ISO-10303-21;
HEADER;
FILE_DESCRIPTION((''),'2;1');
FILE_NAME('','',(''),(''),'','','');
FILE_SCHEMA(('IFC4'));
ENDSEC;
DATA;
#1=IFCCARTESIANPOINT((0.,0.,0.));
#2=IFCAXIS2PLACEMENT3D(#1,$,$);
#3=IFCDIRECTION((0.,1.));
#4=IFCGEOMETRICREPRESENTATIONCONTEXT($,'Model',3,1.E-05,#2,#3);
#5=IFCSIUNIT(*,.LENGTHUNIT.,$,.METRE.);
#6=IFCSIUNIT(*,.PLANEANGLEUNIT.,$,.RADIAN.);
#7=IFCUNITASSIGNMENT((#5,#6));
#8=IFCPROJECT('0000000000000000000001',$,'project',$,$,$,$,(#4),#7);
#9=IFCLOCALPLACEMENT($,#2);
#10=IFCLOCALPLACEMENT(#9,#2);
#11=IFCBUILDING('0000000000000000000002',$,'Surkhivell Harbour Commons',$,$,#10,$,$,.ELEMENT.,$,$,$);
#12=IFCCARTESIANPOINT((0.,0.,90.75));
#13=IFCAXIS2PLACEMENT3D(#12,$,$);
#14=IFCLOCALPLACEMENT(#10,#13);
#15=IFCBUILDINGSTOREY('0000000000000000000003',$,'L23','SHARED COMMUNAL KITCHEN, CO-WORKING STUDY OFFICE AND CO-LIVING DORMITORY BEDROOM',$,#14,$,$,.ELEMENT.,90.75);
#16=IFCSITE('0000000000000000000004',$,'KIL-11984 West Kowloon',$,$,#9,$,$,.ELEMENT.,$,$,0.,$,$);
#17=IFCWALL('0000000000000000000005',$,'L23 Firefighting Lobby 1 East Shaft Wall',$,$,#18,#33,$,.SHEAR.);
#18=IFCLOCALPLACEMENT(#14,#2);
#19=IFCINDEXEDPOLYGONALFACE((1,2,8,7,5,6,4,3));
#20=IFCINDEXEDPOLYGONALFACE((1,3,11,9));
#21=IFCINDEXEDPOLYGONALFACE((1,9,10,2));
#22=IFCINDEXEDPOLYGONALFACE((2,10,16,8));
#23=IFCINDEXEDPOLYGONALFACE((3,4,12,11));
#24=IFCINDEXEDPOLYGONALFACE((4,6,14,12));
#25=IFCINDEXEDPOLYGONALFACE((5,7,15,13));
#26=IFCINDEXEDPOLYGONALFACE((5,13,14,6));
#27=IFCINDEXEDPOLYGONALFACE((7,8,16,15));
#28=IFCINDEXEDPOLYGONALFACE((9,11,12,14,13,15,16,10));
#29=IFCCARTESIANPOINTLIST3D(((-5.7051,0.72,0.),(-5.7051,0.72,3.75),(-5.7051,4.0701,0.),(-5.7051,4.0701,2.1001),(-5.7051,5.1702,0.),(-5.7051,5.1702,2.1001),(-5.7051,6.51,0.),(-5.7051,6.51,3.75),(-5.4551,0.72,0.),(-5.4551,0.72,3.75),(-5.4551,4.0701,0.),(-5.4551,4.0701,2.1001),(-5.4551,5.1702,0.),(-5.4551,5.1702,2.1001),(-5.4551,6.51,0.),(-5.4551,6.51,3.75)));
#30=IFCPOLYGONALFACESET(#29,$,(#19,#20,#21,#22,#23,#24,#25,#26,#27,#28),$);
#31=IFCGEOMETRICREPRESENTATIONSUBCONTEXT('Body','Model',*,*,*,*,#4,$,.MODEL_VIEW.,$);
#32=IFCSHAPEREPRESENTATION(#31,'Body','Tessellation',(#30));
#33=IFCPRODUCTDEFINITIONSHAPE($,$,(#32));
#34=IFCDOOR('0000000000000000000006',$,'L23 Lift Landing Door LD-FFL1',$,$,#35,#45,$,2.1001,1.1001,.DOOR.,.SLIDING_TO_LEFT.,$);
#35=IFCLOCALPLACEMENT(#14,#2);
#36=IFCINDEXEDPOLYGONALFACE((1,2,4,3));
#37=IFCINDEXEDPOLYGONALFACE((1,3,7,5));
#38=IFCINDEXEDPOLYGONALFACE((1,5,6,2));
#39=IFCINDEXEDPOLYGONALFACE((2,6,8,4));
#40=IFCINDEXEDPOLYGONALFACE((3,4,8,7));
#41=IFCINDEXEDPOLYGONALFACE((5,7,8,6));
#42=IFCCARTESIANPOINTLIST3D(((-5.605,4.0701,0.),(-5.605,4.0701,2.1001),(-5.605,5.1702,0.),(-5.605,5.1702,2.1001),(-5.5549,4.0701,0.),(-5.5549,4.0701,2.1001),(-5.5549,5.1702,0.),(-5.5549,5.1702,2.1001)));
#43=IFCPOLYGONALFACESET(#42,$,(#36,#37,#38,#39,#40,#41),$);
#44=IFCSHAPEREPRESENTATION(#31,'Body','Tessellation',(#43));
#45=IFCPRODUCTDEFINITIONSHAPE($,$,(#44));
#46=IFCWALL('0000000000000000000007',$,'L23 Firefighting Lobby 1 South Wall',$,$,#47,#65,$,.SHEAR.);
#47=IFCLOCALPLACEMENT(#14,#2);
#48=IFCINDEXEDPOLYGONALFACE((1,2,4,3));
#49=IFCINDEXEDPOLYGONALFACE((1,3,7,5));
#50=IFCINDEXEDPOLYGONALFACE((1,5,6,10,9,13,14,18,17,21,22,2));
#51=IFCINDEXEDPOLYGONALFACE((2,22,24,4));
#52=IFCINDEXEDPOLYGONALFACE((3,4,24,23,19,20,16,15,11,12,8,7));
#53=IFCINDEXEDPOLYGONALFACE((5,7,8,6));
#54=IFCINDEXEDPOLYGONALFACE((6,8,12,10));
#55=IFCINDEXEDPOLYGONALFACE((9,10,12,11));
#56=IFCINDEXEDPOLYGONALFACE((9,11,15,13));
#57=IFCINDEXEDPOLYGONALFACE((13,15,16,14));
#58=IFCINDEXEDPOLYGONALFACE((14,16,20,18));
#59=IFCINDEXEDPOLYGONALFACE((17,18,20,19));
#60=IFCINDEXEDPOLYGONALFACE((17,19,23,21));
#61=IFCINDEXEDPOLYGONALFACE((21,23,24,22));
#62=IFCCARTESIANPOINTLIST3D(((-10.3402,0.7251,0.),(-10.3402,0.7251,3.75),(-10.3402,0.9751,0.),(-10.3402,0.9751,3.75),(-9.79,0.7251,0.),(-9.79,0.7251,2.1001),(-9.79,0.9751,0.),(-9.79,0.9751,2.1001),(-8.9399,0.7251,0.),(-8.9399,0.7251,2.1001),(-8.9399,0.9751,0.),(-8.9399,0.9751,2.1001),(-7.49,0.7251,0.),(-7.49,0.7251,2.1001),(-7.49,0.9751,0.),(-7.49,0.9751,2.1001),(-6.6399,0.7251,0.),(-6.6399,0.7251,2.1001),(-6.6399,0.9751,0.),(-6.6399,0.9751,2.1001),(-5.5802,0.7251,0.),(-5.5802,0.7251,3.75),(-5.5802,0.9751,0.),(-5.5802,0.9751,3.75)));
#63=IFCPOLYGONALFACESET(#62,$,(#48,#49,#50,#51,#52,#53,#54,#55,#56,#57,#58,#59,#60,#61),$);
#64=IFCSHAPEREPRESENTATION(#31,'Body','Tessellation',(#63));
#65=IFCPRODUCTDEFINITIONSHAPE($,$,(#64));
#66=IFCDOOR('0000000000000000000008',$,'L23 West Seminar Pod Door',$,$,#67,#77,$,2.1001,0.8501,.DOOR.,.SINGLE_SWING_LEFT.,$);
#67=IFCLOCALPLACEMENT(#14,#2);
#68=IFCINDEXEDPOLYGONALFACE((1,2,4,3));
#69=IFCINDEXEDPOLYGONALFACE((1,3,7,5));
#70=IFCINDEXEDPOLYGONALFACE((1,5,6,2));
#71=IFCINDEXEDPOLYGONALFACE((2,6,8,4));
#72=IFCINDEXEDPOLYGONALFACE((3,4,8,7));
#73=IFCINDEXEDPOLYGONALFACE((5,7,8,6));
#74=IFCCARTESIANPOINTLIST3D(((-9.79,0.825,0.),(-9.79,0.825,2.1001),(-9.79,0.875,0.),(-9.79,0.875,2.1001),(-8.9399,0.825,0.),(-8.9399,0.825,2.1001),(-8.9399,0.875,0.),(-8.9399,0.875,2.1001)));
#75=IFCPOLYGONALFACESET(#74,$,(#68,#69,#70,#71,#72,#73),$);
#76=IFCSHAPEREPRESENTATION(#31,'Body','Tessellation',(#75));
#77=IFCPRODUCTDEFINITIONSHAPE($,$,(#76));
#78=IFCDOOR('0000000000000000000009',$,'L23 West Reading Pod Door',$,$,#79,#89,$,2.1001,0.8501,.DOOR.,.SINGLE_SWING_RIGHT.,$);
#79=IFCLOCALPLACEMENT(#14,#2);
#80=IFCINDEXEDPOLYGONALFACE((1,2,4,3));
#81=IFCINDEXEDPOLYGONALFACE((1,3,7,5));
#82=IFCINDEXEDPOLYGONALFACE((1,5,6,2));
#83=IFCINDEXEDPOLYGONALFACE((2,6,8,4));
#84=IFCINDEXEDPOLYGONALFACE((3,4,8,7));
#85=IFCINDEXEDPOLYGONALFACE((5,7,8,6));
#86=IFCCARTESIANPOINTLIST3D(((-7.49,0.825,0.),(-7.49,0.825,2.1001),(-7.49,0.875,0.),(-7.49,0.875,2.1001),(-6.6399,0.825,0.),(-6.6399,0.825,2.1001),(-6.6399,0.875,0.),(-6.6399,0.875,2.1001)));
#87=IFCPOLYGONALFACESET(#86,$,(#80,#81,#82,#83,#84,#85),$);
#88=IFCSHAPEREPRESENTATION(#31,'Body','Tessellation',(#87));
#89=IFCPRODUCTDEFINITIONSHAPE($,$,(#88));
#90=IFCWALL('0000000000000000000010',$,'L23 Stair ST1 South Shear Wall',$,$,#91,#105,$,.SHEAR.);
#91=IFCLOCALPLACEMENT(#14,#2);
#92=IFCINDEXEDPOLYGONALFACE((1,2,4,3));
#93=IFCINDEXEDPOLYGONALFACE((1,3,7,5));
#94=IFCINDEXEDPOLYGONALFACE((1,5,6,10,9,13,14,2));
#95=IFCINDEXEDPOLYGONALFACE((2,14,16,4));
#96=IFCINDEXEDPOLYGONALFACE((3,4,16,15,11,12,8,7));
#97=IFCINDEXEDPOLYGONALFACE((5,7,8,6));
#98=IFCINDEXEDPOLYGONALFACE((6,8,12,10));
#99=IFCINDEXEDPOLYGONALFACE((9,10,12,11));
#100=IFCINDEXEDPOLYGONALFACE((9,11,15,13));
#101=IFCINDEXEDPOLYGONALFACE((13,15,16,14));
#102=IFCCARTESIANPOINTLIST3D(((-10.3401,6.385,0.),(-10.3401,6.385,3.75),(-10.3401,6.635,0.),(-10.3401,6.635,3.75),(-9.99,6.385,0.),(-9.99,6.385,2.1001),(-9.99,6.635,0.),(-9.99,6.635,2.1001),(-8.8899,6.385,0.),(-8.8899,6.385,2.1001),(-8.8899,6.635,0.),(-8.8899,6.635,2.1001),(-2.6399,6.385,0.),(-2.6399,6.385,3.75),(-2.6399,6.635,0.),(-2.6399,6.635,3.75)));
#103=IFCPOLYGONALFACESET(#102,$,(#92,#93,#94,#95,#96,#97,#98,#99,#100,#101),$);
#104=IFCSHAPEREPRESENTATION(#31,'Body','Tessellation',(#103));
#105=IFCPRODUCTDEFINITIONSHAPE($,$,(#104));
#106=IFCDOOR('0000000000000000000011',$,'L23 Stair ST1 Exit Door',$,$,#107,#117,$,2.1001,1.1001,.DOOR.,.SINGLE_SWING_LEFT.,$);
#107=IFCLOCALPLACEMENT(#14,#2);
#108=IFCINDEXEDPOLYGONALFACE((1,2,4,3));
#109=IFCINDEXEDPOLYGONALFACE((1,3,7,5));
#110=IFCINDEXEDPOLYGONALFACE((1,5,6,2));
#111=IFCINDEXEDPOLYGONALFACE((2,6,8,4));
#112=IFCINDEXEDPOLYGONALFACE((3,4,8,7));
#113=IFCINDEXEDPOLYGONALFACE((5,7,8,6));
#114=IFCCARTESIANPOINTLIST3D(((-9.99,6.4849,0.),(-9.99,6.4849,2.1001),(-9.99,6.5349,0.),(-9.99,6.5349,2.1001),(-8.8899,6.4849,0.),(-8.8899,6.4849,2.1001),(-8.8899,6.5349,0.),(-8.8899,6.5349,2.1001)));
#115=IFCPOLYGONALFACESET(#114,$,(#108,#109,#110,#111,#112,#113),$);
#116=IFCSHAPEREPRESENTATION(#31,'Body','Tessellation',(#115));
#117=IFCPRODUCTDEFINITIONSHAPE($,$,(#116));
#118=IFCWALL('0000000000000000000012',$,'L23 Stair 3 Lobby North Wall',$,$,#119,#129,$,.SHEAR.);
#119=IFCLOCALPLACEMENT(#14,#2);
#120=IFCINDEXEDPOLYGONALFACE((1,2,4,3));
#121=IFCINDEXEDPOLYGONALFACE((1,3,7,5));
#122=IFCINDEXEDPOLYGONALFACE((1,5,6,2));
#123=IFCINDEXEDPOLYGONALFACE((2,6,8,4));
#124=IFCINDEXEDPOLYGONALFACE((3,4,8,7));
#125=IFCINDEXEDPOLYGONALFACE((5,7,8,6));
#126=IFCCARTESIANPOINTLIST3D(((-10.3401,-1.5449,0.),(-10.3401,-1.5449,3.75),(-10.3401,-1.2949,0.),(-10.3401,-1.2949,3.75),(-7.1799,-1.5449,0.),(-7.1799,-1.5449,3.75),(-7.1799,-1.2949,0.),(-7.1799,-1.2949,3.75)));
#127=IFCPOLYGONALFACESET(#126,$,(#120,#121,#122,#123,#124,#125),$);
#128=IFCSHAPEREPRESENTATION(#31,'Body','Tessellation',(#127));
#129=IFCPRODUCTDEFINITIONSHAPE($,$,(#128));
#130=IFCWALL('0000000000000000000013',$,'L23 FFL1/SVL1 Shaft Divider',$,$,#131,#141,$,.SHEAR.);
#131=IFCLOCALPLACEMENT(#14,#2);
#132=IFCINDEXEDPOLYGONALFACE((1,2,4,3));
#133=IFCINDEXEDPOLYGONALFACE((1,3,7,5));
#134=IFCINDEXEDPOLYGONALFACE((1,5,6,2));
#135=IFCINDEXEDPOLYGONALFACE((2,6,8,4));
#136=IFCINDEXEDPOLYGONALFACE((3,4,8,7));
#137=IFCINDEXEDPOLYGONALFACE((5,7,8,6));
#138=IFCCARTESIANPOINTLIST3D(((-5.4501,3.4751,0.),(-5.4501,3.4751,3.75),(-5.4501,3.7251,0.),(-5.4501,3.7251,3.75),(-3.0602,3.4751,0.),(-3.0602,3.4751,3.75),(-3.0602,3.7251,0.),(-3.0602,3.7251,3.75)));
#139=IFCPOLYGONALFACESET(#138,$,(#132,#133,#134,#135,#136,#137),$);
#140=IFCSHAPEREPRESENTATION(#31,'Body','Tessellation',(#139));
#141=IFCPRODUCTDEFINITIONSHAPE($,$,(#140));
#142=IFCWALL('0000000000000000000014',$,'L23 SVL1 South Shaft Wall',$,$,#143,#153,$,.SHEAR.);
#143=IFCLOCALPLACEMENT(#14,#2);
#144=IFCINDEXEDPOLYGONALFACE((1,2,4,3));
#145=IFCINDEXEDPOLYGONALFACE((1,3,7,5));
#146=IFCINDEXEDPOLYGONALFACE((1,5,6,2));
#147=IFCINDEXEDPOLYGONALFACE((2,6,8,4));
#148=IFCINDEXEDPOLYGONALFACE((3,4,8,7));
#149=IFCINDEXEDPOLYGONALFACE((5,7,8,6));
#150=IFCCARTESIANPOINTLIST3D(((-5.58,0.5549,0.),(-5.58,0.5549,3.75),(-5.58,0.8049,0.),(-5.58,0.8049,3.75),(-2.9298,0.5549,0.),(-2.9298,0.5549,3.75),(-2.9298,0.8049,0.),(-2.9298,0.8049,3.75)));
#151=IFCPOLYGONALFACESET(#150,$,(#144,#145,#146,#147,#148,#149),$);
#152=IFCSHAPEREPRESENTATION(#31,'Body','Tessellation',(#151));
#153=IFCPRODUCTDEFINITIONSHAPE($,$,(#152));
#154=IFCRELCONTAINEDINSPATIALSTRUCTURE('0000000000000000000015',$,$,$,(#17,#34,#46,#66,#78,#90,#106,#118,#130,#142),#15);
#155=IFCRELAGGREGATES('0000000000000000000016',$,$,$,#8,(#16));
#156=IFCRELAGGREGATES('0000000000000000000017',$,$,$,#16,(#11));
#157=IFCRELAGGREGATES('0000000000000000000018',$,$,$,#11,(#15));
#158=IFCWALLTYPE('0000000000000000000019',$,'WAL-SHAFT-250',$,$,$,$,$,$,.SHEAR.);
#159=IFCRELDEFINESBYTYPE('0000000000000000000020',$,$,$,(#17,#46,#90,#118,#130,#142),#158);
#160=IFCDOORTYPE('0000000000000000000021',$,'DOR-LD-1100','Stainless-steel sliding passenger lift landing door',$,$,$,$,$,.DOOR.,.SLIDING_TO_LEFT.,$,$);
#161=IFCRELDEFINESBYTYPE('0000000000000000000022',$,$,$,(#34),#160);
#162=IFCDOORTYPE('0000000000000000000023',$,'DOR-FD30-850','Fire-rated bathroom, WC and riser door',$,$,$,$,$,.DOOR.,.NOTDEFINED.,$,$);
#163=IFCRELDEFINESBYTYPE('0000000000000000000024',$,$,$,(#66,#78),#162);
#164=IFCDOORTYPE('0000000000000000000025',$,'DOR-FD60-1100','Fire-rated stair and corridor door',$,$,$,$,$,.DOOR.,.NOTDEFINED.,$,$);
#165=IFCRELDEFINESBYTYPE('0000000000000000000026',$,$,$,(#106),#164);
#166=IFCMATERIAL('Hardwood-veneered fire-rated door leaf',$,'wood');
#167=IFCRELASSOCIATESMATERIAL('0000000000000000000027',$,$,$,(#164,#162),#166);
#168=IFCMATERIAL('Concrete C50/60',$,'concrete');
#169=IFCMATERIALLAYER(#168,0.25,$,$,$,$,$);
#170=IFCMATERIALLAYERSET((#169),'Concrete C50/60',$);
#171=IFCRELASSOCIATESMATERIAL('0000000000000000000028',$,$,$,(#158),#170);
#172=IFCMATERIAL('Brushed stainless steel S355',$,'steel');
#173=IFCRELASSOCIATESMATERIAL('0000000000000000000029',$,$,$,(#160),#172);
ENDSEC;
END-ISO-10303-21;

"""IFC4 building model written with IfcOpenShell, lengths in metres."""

from ifc_helpers import new_model, si_unit, direction, frame, frame_2d, origin, place, context, subcontext, project, spatial, rectangle, extrude, material, layer, layer_set, type_object, element, fill, save


model = new_model("IFC4")

# Units and contexts
model_context = context("Model", 3, precision=1e-05, world=origin(), true_north=direction((0.0, 1.0)))
body_context = subcontext(model_context, "Body", "Model", "MODEL_VIEW")
ifc_project = project(units=[si_unit("LENGTHUNIT", "METRE"), si_unit("PLANEANGLEUNIT", "RADIAN")], contexts=[model_context])

# Site, building, storey
site_placement = place(None, origin())
site = spatial("IfcSite", under=ifc_project, at=site_placement, Name="KIL-11984 West Kowloon", CompositionType="ELEMENT", RefElevation=0.0)
building_placement = place(site_placement, origin())
building = spatial("IfcBuilding", under=site, at=building_placement, Name="Surkhivell Harbour Commons", CompositionType="ELEMENT")
storey_placement = place(building_placement, frame((0.0, 0.0, 90.75)))
storey = spatial("IfcBuildingStorey", under=building, at=storey_placement, Name="L23", Description="SHARED COMMUNAL KITCHEN, CO-WORKING STUDY OFFICE AND CO-LIVING DORMITORY BEDROOM", CompositionType="ELEMENT", Elevation=90.75)

# Shared definitions
ifc_material_1 = material(Name="Hardwood-veneered fire-rated door leaf", Category="wood")
door_type_1 = type_object("IfcDoorType", Name="DOR-FD60-1100", Description="Fire-rated stair and corridor door", OperationType="NOTDEFINED", PredefinedType="DOOR", material=ifc_material_1)

# Wall, opening, door
ifc_material_2 = material(Name="Concrete C50/60", Category="concrete")
ifc_layer_1 = layer(ifc_material_2, 0.25)
ifc_layer_set_1 = layer_set([ifc_layer_1], Name="Concrete C50/60")
wall_type_1 = type_object("IfcWallType", Name="WAL-SHAFT-250", PredefinedType="SHEAR", material=ifc_layer_set_1)
wall_1_placement = place(storey_placement, frame((-5.5801, 0.72, 0.0), z_axis=(0.0, 0.0, 1.0), x_axis=(0.0, 1.0, 0.0)))
wall_1 = element("IfcWall", 1, at=wall_1_placement, inside=storey, type_object=wall_type_1, Name="L23 Firefighting Lobby 1 East Shaft Wall", PredefinedType="SHEAR", context=body_context, shape_type="SweptSolid", body=[
    extrude(rectangle(XDim=5.79, YDim=0.25, at=frame_2d((2.895, 0.0))), origin(), (0.0, 0.0, 1.0), 3.75),
])
opening_1_placement = place(wall_1_placement, frame((3.3501, 0.0, 0.0)))
opening_1 = element("IfcOpeningElement", 2, at=opening_1_placement, cuts=wall_1, PredefinedType="OPENING", context=body_context, shape_type="SweptSolid", body=[
    extrude(rectangle(XDim=1.1001, YDim=2.1001, at=frame_2d((0.55, 1.05))), frame((0.0, 0.135, 0.0), z_axis=(0.0, -1.0, 0.0), x_axis=(1.0, 0.0, 0.0)), (0.0, 0.0, 1.0), 0.27),
])
ifc_material_3 = material(Name="Brushed stainless steel S355", Category="steel")
door_type_2 = type_object("IfcDoorType", Name="DOR-LD-1100", Description="Stainless-steel sliding passenger lift landing door", OperationType="SLIDING_TO_LEFT", PredefinedType="DOOR", material=ifc_material_3)
door_1_placement = place(opening_1_placement, origin())
door_1 = element("IfcDoor", 3, at=door_1_placement, inside=storey, type_object=door_type_2, Name="L23 Lift Landing Door LD-FFL1", OperationType="SLIDING_TO_LEFT", OverallHeight=2.1001, OverallWidth=1.1001, PredefinedType="DOOR", context=body_context, shape_type="SweptSolid", body=[
    extrude(rectangle(XDim=1.1001, YDim=2.1001, at=frame_2d((0.55, 1.05))), frame((0.0, 0.0249, 0.0), z_axis=(0.0, -1.0, 0.0), x_axis=(1.0, 0.0, 0.0)), (0.0, 0.0, 1.0), 0.05),
])
fill(opening_1, door_1)

# Wall, openings, doors
wall_2_placement = place(storey_placement, frame((-10.3401, 0.8501, 0.0), z_axis=(0.0, 0.0, 1.0), x_axis=(1.0, 0.0, 0.0)))
wall_2 = element("IfcWall", 4, at=wall_2_placement, inside=storey, type_object=wall_type_1, Name="L23 Firefighting Lobby 1 South Wall", PredefinedType="SHEAR", context=body_context, shape_type="SweptSolid", body=[
    extrude(rectangle(XDim=4.76, YDim=0.25, at=frame_2d((2.3799, 0.0))), origin(), (0.0, 0.0, 1.0), 3.75),
])
opening_2_placement = place(wall_2_placement, frame((0.55, 0.0, 0.0)))
opening_2 = element("IfcOpeningElement", 5, at=opening_2_placement, cuts=wall_2, PredefinedType="OPENING", context=body_context, shape_type="SweptSolid", body=[
    extrude(rectangle(XDim=0.8501, YDim=2.1001, at=frame_2d((0.425, 1.05))), frame((0.0, 0.135, 0.0), z_axis=(0.0, -1.0, 0.0), x_axis=(1.0, 0.0, 0.0)), (0.0, 0.0, 1.0), 0.27),
])
opening_3_placement = place(wall_2_placement, frame((2.8501, 0.0, 0.0)))
opening_3 = element("IfcOpeningElement", 6, at=opening_3_placement, cuts=wall_2, PredefinedType="OPENING", context=body_context, shape_type="SweptSolid", body=[
    extrude(rectangle(XDim=0.8501, YDim=2.1001, at=frame_2d((0.425, 1.05))), frame((0.0, 0.135, 0.0), z_axis=(0.0, -1.0, 0.0), x_axis=(1.0, 0.0, 0.0)), (0.0, 0.0, 1.0), 0.27),
])
door_type_3 = type_object("IfcDoorType", Name="DOR-FD30-850", Description="Fire-rated bathroom, WC and riser door", OperationType="NOTDEFINED", PredefinedType="DOOR", material=ifc_material_1)
door_2_placement = place(opening_2_placement, origin())
door_2 = element("IfcDoor", 7, at=door_2_placement, inside=storey, type_object=door_type_3, Name="L23 West Seminar Pod Door", OperationType="SINGLE_SWING_LEFT", OverallHeight=2.1001, OverallWidth=0.8501, PredefinedType="DOOR", context=body_context, shape_type="SweptSolid", body=[
    extrude(rectangle(XDim=0.8501, YDim=2.1001, at=frame_2d((0.425, 1.05))), frame((0.0, 0.0249, 0.0), z_axis=(0.0, -1.0, 0.0), x_axis=(1.0, 0.0, 0.0)), (0.0, 0.0, 1.0), 0.05),
])
fill(opening_2, door_2)
door_3_placement = place(opening_3_placement, origin())
door_3 = element("IfcDoor", 8, at=door_3_placement, inside=storey, type_object=door_type_3, Name="L23 West Reading Pod Door", OperationType="SINGLE_SWING_RIGHT", OverallHeight=2.1001, OverallWidth=0.8501, PredefinedType="DOOR", context=body_context, shape_type="SweptSolid", body=[
    extrude(rectangle(XDim=0.8501, YDim=2.1001, at=frame_2d((0.425, 1.05))), frame((0.0, 0.0249, 0.0), z_axis=(0.0, -1.0, 0.0), x_axis=(1.0, 0.0, 0.0)), (0.0, 0.0, 1.0), 0.05),
])
fill(opening_3, door_3)

# Wall, opening, door
wall_3_placement = place(storey_placement, frame((-10.3401, 6.51, 0.0), z_axis=(0.0, 0.0, 1.0), x_axis=(1.0, 0.0, 0.0)))
wall_3 = element("IfcWall", 9, at=wall_3_placement, inside=storey, type_object=wall_type_1, Name="L23 Stair ST1 South Shear Wall", PredefinedType="SHEAR", context=body_context, shape_type="SweptSolid", body=[
    extrude(rectangle(XDim=7.7002, YDim=0.25, at=frame_2d((3.8501, 0.0))), origin(), (0.0, 0.0, 1.0), 3.75),
])
opening_4_placement = place(wall_3_placement, frame((0.3501, 0.0, 0.0)))
opening_4 = element("IfcOpeningElement", 10, at=opening_4_placement, cuts=wall_3, PredefinedType="OPENING", context=body_context, shape_type="SweptSolid", body=[
    extrude(rectangle(XDim=1.1001, YDim=2.1001, at=frame_2d((0.55, 1.05))), frame((0.0, 0.135, 0.0), z_axis=(0.0, -1.0, 0.0), x_axis=(1.0, 0.0, 0.0)), (0.0, 0.0, 1.0), 0.27),
])
door_4_placement = place(opening_4_placement, origin())
door_4 = element("IfcDoor", 11, at=door_4_placement, inside=storey, type_object=door_type_1, Name="L23 Stair ST1 Exit Door", OperationType="SINGLE_SWING_LEFT", OverallHeight=2.1001, OverallWidth=1.1001, PredefinedType="DOOR", context=body_context, shape_type="SweptSolid", body=[
    extrude(rectangle(XDim=1.1001, YDim=2.1001, at=frame_2d((0.55, 1.05))), frame((0.0, 0.0249, 0.0), z_axis=(0.0, -1.0, 0.0), x_axis=(1.0, 0.0, 0.0)), (0.0, 0.0, 1.0), 0.05),
])
fill(opening_4, door_4)

# Walls
wall_4_placement = place(storey_placement, frame((-10.3401, -1.4199, 0.0), z_axis=(0.0, 0.0, 1.0), x_axis=(1.0, 0.0, 0.0)))
element("IfcWall", 12, at=wall_4_placement, inside=storey, type_object=wall_type_1, Name="L23 Stair 3 Lobby North Wall", PredefinedType="SHEAR", context=body_context, shape_type="SweptSolid", body=[
    extrude(rectangle(XDim=3.1602, YDim=0.25, at=frame_2d((1.5801, 0.0))), origin(), (0.0, 0.0, 1.0), 3.75),
])
wall_5_placement = place(storey_placement, frame((-5.45, 3.6001, 0.0), z_axis=(0.0, 0.0, 1.0), x_axis=(1.0, 0.0, 0.0)))
element("IfcWall", 13, at=wall_5_placement, inside=storey, type_object=wall_type_1, Name="L23 FFL1/SVL1 Shaft Divider", PredefinedType="SHEAR", context=body_context, shape_type="SweptSolid", body=[
    extrude(rectangle(XDim=2.3899, YDim=0.25, at=frame_2d((1.1948, 0.0))), origin(), (0.0, 0.0, 1.0), 3.75),
])
wall_6_placement = place(storey_placement, frame((-5.5801, 0.6799, 0.0), z_axis=(0.0, 0.0, 1.0), x_axis=(1.0, 0.0, 0.0)))
element("IfcWall", 14, at=wall_6_placement, inside=storey, type_object=wall_type_1, Name="L23 SVL1 South Shaft Wall", PredefinedType="SHEAR", context=body_context, shape_type="SweptSolid", body=[
    extrude(rectangle(XDim=2.6501, YDim=0.25, at=frame_2d((1.3252, 0.0))), origin(), (0.0, 0.0, 1.0), 3.75),
])

save(model, "model.ifc")
